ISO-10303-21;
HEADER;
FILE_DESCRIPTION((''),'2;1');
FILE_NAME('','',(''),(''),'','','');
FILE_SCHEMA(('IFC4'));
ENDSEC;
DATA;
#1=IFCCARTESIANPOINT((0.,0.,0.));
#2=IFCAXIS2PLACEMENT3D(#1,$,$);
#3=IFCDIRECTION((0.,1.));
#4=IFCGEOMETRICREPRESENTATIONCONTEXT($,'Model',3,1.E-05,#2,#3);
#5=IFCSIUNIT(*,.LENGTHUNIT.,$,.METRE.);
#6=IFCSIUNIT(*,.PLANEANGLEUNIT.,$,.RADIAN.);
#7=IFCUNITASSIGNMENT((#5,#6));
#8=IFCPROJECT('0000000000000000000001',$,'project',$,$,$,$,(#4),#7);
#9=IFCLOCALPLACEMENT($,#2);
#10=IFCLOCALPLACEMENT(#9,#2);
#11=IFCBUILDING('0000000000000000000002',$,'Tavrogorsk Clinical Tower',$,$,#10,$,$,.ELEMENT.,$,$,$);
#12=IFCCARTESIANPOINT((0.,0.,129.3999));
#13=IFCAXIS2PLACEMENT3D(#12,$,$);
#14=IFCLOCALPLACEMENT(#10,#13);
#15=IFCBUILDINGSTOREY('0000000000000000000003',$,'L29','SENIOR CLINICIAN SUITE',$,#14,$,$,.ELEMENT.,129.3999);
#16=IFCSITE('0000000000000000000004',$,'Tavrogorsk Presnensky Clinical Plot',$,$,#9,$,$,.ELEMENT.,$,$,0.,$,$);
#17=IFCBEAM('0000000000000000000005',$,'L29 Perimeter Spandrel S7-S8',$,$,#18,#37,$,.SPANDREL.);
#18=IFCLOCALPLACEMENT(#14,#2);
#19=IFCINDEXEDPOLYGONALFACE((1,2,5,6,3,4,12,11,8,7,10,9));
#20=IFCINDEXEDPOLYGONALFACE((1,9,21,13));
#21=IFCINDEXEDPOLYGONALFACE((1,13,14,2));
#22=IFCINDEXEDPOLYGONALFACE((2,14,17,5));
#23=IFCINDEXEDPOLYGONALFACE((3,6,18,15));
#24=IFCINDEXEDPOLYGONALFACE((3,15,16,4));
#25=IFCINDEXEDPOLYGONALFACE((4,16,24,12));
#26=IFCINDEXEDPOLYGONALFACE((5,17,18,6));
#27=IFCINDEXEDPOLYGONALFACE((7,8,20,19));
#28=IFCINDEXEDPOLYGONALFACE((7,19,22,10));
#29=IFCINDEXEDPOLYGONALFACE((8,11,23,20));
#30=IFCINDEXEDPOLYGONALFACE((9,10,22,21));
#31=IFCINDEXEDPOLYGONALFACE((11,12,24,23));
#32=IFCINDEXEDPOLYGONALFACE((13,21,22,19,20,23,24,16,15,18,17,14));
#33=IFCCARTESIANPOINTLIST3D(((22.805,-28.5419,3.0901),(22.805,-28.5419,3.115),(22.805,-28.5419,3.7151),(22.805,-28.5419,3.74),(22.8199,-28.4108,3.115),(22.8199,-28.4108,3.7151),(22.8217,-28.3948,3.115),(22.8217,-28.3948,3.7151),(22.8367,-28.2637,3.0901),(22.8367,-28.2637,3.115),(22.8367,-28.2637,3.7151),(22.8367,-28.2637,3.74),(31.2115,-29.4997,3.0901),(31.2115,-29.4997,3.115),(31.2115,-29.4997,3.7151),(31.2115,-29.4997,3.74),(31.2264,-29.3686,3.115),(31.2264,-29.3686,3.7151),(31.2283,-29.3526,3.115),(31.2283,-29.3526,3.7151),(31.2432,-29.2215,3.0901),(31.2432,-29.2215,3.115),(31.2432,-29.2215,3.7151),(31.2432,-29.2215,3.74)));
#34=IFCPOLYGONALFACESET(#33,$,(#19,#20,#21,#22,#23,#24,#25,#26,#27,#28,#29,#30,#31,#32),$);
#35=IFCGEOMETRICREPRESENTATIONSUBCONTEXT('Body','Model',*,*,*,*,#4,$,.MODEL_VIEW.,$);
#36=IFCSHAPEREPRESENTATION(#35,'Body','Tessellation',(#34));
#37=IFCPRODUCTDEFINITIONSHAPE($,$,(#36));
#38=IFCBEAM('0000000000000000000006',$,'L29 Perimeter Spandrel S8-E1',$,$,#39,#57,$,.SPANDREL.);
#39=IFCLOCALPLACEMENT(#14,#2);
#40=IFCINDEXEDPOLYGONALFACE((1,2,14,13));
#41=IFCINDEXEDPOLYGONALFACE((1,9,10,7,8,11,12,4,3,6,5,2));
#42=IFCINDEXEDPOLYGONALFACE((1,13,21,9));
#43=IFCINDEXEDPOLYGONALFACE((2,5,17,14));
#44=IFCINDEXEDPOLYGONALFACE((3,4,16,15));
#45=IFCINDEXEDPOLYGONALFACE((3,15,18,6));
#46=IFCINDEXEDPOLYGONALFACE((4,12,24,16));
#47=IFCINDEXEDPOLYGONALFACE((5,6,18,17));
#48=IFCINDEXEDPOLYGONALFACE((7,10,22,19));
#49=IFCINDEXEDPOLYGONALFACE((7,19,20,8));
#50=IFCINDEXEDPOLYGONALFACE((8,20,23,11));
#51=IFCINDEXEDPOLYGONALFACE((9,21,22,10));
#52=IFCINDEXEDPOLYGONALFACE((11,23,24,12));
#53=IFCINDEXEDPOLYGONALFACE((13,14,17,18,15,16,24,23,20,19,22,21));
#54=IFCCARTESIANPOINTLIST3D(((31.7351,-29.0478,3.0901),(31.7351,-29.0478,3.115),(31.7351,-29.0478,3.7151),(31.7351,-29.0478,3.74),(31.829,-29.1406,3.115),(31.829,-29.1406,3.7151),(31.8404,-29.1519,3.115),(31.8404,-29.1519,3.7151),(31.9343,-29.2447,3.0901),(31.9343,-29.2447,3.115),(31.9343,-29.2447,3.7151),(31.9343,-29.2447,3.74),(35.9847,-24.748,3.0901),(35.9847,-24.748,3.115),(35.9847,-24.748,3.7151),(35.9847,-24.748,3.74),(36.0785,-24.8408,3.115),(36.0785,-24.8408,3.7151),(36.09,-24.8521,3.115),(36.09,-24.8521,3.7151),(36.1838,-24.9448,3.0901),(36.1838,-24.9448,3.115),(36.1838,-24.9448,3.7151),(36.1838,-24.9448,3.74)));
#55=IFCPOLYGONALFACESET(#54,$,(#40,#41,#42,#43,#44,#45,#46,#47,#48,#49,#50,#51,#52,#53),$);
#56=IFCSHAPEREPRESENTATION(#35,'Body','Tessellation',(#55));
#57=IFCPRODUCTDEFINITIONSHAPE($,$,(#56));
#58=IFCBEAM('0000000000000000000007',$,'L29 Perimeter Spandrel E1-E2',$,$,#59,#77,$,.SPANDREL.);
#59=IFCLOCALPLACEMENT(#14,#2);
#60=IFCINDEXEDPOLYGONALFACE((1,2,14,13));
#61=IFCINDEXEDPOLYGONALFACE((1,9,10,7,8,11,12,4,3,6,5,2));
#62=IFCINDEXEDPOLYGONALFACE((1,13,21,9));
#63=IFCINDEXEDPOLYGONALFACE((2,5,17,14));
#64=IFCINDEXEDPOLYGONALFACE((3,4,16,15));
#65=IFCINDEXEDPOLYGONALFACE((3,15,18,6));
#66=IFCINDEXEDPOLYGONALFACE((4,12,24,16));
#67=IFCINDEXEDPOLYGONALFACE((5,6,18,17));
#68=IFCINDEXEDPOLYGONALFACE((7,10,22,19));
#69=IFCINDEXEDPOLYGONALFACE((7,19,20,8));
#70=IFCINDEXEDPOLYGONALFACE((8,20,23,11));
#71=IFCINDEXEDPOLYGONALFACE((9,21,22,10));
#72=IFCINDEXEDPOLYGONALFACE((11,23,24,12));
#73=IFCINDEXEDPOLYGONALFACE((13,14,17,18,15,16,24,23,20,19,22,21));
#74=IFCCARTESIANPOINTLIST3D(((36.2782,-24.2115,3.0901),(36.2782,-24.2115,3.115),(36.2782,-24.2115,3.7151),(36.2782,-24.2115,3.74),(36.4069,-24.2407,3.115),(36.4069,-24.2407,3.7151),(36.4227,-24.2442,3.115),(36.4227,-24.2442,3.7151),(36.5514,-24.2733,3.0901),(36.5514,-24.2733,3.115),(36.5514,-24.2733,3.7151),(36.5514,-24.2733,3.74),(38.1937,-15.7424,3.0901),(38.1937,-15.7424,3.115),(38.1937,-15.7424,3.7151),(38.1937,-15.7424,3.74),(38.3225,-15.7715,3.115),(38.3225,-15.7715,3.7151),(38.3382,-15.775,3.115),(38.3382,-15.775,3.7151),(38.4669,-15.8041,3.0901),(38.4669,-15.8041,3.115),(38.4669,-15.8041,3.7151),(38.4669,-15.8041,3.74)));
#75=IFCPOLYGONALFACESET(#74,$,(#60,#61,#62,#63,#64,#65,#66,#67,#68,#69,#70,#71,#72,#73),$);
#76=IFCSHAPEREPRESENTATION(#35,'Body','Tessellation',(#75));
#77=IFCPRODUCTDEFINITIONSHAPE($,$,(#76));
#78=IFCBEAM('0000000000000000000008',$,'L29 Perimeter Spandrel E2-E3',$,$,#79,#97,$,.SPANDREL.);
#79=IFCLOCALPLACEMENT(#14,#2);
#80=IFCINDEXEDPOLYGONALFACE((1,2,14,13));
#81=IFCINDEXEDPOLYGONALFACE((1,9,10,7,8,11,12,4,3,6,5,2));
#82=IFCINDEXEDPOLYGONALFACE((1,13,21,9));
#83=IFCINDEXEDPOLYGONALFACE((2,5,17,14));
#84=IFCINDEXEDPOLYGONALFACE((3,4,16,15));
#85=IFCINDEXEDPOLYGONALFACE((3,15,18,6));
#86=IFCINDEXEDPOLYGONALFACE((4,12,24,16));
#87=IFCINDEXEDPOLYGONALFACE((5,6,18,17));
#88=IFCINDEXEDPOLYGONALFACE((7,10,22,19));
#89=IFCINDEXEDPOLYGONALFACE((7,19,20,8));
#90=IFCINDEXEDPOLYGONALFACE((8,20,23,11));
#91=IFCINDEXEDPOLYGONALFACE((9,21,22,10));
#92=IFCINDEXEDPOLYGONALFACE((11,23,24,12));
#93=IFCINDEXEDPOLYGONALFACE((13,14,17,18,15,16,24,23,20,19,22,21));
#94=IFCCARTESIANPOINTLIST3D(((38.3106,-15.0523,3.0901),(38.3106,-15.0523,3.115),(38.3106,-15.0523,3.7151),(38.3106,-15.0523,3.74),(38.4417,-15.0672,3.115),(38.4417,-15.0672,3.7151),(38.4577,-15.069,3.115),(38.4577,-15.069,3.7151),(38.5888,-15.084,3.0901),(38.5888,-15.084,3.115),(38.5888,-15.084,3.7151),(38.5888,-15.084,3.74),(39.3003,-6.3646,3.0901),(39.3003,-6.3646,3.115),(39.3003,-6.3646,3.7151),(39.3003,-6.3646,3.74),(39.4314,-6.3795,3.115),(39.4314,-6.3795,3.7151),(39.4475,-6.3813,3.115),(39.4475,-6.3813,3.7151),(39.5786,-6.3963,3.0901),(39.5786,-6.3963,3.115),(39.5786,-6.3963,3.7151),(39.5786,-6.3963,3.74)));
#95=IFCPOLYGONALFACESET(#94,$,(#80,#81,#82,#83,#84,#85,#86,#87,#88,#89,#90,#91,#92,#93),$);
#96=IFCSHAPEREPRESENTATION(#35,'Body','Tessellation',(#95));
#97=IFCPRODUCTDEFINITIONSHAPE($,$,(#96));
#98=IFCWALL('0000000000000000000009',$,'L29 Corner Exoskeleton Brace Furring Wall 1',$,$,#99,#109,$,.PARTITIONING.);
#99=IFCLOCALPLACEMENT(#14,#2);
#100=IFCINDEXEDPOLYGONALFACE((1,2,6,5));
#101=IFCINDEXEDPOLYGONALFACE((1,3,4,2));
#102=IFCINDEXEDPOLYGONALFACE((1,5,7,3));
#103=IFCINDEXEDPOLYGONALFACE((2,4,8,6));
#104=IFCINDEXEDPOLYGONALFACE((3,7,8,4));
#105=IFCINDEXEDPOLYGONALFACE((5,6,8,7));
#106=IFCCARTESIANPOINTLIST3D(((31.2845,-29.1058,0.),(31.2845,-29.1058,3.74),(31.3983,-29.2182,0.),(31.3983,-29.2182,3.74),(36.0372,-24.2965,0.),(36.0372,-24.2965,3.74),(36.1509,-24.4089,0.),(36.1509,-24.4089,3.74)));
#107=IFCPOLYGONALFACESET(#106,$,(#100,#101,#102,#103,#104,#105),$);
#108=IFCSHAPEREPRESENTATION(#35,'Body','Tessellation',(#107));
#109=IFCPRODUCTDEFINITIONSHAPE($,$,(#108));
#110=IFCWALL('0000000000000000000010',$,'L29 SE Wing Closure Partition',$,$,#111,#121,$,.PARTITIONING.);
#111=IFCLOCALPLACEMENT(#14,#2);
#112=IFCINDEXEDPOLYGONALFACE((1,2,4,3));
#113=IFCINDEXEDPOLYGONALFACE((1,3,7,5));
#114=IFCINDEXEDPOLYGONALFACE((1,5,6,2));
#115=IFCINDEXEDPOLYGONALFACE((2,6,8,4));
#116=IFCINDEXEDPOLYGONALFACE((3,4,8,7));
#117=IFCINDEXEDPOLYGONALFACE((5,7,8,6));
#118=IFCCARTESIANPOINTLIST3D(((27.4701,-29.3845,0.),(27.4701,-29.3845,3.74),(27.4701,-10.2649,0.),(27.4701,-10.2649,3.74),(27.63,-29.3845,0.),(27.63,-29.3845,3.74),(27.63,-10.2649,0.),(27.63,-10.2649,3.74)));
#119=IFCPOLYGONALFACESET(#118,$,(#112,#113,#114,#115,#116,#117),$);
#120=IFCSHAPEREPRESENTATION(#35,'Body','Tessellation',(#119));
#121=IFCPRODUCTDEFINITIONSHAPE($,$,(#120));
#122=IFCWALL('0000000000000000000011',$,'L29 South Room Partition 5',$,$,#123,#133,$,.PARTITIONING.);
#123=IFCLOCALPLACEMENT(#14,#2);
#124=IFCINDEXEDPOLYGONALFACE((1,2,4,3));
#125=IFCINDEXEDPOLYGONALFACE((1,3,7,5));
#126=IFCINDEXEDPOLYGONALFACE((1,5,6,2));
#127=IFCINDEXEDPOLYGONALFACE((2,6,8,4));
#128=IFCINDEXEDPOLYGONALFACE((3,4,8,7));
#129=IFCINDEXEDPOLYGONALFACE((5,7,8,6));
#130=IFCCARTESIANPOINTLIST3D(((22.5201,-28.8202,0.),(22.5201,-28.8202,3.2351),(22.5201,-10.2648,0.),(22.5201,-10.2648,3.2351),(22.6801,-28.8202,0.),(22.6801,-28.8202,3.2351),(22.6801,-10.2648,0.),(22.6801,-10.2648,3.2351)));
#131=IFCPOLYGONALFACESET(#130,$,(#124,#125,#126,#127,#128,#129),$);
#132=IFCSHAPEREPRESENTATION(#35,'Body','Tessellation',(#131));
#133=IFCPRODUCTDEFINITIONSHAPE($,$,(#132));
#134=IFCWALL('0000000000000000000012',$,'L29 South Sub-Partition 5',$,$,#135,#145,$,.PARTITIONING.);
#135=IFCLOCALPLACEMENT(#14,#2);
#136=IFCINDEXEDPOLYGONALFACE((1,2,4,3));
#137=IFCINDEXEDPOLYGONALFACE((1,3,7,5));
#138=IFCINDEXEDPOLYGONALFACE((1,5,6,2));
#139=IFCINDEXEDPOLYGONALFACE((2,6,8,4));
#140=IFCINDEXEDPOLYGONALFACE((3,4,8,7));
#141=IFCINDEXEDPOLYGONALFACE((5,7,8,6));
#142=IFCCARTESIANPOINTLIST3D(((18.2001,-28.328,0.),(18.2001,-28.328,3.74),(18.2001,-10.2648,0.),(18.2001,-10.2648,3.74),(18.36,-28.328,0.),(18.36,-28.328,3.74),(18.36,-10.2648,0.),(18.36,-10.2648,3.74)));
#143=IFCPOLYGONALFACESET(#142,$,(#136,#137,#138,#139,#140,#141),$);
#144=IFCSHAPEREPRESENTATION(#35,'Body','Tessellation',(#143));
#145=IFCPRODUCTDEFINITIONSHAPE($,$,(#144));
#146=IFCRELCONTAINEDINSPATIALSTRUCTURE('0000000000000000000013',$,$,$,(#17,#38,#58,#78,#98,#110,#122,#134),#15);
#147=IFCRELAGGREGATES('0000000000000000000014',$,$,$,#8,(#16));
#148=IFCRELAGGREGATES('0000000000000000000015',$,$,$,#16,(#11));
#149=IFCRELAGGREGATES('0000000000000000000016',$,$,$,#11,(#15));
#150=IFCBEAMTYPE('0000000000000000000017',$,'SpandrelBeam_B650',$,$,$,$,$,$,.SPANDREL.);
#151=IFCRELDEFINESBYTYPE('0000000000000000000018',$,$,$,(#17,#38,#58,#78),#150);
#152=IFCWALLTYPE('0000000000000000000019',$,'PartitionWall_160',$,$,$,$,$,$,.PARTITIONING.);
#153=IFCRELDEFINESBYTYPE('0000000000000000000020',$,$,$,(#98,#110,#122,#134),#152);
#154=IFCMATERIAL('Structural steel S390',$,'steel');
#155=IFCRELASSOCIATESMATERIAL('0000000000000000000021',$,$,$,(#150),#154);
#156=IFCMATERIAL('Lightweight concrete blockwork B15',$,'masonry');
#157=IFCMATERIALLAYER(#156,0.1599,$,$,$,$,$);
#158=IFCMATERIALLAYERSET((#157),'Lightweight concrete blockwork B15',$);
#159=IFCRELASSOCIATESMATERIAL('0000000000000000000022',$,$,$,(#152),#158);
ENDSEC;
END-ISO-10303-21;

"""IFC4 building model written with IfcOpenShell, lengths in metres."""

from ifc_helpers import new_model, si_unit, direction, frame, frame_2d, origin, origin_2d, place, context, subcontext, project, spatial, rectangle, i_section, extrude, material, layer, layer_set, material_profile, profile_set, type_object, element, save


model = new_model("IFC4")

# Units and contexts
model_context = context("Model", 3, precision=1e-05, world=origin(), true_north=direction((0.0, 1.0)))
body_context = subcontext(model_context, "Body", "Model", "MODEL_VIEW")
ifc_project = project(units=[si_unit("LENGTHUNIT", "METRE"), si_unit("PLANEANGLEUNIT", "RADIAN")], contexts=[model_context])

# Site, building, storey
site_placement = place(None, origin())
site = spatial("IfcSite", under=ifc_project, at=site_placement, Name="Tavrogorsk Presnensky Clinical Plot", CompositionType="ELEMENT", RefElevation=0.0)
building_placement = place(site_placement, origin())
building = spatial("IfcBuilding", under=site, at=building_placement, Name="Tavrogorsk Clinical Tower", CompositionType="ELEMENT")
storey_placement = place(building_placement, frame((0.0, 0.0, 129.3999)))
storey = spatial("IfcBuildingStorey", under=building, at=storey_placement, Name="L29", Description="SENIOR CLINICIAN SUITE", CompositionType="ELEMENT", Elevation=129.3999)

# Beams
ifc_material_1 = material(Name="Structural steel S390", Category="steel")
ifc_material_profile_1 = material_profile(ifc_material_1, i_section(OverallWidth=0.28, OverallDepth=0.6499, WebThickness=0.0161, FlangeThickness=0.0249, at=origin_2d()), Name="B-650x280x16x25")
ifc_profile_set_1 = profile_set([ifc_material_profile_1], Name="Structural steel S390")
beam_type_1 = type_object("IfcBeamType", Name="SpandrelBeam_B650", PredefinedType="SPANDREL", material=ifc_profile_set_1)
beam_1_placement = place(storey_placement, frame((22.8208, -28.4028, 3.415), z_axis=(0.993572, -0.113199, 0.0), x_axis=(0.113199, 0.993572, 0.0)))
element("IfcBeam", 1, at=beam_1_placement, inside=storey, type_object=beam_type_1, Name="L29 Perimeter Spandrel S7-S8", PredefinedType="SPANDREL", context=body_context, shape_type="SweptSolid", body=[
    extrude(i_section(OverallWidth=0.28, OverallDepth=0.6499, WebThickness=0.0161, FlangeThickness=0.0249, at=origin_2d()), origin(), (0.0, 0.0, 1.0), 8.4609),
])
beam_2_placement = place(storey_placement, frame((31.8347, -29.1462, 3.415), z_axis=(0.702935, 0.711254, 0.0), x_axis=(-0.711254, 0.702935, 0.0)))
element("IfcBeam", 2, at=beam_2_placement, inside=storey, type_object=beam_type_1, Name="L29 Perimeter Spandrel S8-E1", PredefinedType="SPANDREL", context=body_context, shape_type="SweptSolid", body=[
    extrude(i_section(OverallWidth=0.28, OverallDepth=0.6499, WebThickness=0.0161, FlangeThickness=0.0249, at=origin_2d()), origin(), (0.0, 0.0, 1.0), 6.0454),
])
beam_3_placement = place(storey_placement, frame((36.4148, -24.2424, 3.415), z_axis=(0.220603, 0.975364, 0.0), x_axis=(-0.975364, 0.220603, 0.0)))
element("IfcBeam", 3, at=beam_3_placement, inside=storey, type_object=beam_type_1, Name="L29 Perimeter Spandrel E1-E2", PredefinedType="SPANDREL", context=body_context, shape_type="SweptSolid", body=[
    extrude(i_section(OverallWidth=0.28, OverallDepth=0.6499, WebThickness=0.0161, FlangeThickness=0.0249, at=origin_2d()), origin(), (0.0, 0.0, 1.0), 8.6831),
])
beam_4_placement = place(storey_placement, frame((38.4497, -15.0681, 3.415), z_axis=(0.113192, 0.993573, 0.0), x_axis=(-0.993573, 0.113192, 0.0)))
element("IfcBeam", 4, at=beam_4_placement, inside=storey, type_object=beam_type_1, Name="L29 Perimeter Spandrel E2-E3", PredefinedType="SPANDREL", context=body_context, shape_type="SweptSolid", body=[
    extrude(i_section(OverallWidth=0.28, OverallDepth=0.6499, WebThickness=0.0161, FlangeThickness=0.0249, at=origin_2d()), origin(), (0.0, 0.0, 1.0), 8.7439),
])

# Walls
ifc_material_2 = material(Name="Lightweight concrete blockwork B15", Category="masonry")
ifc_layer_1 = layer(ifc_material_2, 0.1599)
ifc_layer_set_1 = layer_set([ifc_layer_1], Name="Lightweight concrete blockwork B15")
wall_type_1 = type_object("IfcWallType", Name="PartitionWall_160", PredefinedType="PARTITIONING", material=ifc_layer_set_1)
wall_1_placement = place(storey_placement, frame((31.3413, -29.1621, 0.0), z_axis=(0.0, 0.0, 1.0), x_axis=(0.702906, 0.711283, 0.0)))
element("IfcWall", 5, at=wall_1_placement, inside=storey, type_object=wall_type_1, Name="L29 Corner Exoskeleton Brace Furring Wall 1", PredefinedType="PARTITIONING", context=body_context, shape_type="SweptSolid", body=[
    extrude(rectangle(XDim=6.7615, YDim=0.1599, at=frame_2d((3.3809, 0.0))), origin(), (0.0, 0.0, 1.0), 3.74),
])
wall_2_placement = place(storey_placement, frame((27.55, -29.3845, 0.0), z_axis=(0.0, 0.0, 1.0), x_axis=(0.0, 1.0, 0.0)))
element("IfcWall", 6, at=wall_2_placement, inside=storey, type_object=wall_type_1, Name="L29 SE Wing Closure Partition", PredefinedType="PARTITIONING", context=body_context, shape_type="SweptSolid", body=[
    extrude(rectangle(XDim=19.1196, YDim=0.1599, at=frame_2d((9.5598, 0.0))), origin(), (0.0, 0.0, 1.0), 3.74),
])
wall_3_placement = place(storey_placement, frame((22.6001, -28.8203, 0.0), z_axis=(0.0, 0.0, 1.0), x_axis=(0.0, 1.0, 0.0)))
element("IfcWall", 7, at=wall_3_placement, inside=storey, type_object=wall_type_1, Name="L29 South Room Partition 5", PredefinedType="PARTITIONING", context=body_context, shape_type="SweptSolid", body=[
    extrude(rectangle(XDim=18.5554, YDim=0.1599, at=frame_2d((9.2778, 0.0))), origin(), (0.0, 0.0, 1.0), 3.2351),
])
wall_4_placement = place(storey_placement, frame((18.28, -28.3281, 0.0), z_axis=(0.0, 0.0, 1.0), x_axis=(0.0, 1.0, 0.0)))
element("IfcWall", 8, at=wall_4_placement, inside=storey, type_object=wall_type_1, Name="L29 South Sub-Partition 5", PredefinedType="PARTITIONING", context=body_context, shape_type="SweptSolid", body=[
    extrude(rectangle(XDim=18.0632, YDim=0.1599, at=frame_2d((9.0317, 0.0))), origin(), (0.0, 0.0, 1.0), 3.74),
])

save(model, "model.ifc")
